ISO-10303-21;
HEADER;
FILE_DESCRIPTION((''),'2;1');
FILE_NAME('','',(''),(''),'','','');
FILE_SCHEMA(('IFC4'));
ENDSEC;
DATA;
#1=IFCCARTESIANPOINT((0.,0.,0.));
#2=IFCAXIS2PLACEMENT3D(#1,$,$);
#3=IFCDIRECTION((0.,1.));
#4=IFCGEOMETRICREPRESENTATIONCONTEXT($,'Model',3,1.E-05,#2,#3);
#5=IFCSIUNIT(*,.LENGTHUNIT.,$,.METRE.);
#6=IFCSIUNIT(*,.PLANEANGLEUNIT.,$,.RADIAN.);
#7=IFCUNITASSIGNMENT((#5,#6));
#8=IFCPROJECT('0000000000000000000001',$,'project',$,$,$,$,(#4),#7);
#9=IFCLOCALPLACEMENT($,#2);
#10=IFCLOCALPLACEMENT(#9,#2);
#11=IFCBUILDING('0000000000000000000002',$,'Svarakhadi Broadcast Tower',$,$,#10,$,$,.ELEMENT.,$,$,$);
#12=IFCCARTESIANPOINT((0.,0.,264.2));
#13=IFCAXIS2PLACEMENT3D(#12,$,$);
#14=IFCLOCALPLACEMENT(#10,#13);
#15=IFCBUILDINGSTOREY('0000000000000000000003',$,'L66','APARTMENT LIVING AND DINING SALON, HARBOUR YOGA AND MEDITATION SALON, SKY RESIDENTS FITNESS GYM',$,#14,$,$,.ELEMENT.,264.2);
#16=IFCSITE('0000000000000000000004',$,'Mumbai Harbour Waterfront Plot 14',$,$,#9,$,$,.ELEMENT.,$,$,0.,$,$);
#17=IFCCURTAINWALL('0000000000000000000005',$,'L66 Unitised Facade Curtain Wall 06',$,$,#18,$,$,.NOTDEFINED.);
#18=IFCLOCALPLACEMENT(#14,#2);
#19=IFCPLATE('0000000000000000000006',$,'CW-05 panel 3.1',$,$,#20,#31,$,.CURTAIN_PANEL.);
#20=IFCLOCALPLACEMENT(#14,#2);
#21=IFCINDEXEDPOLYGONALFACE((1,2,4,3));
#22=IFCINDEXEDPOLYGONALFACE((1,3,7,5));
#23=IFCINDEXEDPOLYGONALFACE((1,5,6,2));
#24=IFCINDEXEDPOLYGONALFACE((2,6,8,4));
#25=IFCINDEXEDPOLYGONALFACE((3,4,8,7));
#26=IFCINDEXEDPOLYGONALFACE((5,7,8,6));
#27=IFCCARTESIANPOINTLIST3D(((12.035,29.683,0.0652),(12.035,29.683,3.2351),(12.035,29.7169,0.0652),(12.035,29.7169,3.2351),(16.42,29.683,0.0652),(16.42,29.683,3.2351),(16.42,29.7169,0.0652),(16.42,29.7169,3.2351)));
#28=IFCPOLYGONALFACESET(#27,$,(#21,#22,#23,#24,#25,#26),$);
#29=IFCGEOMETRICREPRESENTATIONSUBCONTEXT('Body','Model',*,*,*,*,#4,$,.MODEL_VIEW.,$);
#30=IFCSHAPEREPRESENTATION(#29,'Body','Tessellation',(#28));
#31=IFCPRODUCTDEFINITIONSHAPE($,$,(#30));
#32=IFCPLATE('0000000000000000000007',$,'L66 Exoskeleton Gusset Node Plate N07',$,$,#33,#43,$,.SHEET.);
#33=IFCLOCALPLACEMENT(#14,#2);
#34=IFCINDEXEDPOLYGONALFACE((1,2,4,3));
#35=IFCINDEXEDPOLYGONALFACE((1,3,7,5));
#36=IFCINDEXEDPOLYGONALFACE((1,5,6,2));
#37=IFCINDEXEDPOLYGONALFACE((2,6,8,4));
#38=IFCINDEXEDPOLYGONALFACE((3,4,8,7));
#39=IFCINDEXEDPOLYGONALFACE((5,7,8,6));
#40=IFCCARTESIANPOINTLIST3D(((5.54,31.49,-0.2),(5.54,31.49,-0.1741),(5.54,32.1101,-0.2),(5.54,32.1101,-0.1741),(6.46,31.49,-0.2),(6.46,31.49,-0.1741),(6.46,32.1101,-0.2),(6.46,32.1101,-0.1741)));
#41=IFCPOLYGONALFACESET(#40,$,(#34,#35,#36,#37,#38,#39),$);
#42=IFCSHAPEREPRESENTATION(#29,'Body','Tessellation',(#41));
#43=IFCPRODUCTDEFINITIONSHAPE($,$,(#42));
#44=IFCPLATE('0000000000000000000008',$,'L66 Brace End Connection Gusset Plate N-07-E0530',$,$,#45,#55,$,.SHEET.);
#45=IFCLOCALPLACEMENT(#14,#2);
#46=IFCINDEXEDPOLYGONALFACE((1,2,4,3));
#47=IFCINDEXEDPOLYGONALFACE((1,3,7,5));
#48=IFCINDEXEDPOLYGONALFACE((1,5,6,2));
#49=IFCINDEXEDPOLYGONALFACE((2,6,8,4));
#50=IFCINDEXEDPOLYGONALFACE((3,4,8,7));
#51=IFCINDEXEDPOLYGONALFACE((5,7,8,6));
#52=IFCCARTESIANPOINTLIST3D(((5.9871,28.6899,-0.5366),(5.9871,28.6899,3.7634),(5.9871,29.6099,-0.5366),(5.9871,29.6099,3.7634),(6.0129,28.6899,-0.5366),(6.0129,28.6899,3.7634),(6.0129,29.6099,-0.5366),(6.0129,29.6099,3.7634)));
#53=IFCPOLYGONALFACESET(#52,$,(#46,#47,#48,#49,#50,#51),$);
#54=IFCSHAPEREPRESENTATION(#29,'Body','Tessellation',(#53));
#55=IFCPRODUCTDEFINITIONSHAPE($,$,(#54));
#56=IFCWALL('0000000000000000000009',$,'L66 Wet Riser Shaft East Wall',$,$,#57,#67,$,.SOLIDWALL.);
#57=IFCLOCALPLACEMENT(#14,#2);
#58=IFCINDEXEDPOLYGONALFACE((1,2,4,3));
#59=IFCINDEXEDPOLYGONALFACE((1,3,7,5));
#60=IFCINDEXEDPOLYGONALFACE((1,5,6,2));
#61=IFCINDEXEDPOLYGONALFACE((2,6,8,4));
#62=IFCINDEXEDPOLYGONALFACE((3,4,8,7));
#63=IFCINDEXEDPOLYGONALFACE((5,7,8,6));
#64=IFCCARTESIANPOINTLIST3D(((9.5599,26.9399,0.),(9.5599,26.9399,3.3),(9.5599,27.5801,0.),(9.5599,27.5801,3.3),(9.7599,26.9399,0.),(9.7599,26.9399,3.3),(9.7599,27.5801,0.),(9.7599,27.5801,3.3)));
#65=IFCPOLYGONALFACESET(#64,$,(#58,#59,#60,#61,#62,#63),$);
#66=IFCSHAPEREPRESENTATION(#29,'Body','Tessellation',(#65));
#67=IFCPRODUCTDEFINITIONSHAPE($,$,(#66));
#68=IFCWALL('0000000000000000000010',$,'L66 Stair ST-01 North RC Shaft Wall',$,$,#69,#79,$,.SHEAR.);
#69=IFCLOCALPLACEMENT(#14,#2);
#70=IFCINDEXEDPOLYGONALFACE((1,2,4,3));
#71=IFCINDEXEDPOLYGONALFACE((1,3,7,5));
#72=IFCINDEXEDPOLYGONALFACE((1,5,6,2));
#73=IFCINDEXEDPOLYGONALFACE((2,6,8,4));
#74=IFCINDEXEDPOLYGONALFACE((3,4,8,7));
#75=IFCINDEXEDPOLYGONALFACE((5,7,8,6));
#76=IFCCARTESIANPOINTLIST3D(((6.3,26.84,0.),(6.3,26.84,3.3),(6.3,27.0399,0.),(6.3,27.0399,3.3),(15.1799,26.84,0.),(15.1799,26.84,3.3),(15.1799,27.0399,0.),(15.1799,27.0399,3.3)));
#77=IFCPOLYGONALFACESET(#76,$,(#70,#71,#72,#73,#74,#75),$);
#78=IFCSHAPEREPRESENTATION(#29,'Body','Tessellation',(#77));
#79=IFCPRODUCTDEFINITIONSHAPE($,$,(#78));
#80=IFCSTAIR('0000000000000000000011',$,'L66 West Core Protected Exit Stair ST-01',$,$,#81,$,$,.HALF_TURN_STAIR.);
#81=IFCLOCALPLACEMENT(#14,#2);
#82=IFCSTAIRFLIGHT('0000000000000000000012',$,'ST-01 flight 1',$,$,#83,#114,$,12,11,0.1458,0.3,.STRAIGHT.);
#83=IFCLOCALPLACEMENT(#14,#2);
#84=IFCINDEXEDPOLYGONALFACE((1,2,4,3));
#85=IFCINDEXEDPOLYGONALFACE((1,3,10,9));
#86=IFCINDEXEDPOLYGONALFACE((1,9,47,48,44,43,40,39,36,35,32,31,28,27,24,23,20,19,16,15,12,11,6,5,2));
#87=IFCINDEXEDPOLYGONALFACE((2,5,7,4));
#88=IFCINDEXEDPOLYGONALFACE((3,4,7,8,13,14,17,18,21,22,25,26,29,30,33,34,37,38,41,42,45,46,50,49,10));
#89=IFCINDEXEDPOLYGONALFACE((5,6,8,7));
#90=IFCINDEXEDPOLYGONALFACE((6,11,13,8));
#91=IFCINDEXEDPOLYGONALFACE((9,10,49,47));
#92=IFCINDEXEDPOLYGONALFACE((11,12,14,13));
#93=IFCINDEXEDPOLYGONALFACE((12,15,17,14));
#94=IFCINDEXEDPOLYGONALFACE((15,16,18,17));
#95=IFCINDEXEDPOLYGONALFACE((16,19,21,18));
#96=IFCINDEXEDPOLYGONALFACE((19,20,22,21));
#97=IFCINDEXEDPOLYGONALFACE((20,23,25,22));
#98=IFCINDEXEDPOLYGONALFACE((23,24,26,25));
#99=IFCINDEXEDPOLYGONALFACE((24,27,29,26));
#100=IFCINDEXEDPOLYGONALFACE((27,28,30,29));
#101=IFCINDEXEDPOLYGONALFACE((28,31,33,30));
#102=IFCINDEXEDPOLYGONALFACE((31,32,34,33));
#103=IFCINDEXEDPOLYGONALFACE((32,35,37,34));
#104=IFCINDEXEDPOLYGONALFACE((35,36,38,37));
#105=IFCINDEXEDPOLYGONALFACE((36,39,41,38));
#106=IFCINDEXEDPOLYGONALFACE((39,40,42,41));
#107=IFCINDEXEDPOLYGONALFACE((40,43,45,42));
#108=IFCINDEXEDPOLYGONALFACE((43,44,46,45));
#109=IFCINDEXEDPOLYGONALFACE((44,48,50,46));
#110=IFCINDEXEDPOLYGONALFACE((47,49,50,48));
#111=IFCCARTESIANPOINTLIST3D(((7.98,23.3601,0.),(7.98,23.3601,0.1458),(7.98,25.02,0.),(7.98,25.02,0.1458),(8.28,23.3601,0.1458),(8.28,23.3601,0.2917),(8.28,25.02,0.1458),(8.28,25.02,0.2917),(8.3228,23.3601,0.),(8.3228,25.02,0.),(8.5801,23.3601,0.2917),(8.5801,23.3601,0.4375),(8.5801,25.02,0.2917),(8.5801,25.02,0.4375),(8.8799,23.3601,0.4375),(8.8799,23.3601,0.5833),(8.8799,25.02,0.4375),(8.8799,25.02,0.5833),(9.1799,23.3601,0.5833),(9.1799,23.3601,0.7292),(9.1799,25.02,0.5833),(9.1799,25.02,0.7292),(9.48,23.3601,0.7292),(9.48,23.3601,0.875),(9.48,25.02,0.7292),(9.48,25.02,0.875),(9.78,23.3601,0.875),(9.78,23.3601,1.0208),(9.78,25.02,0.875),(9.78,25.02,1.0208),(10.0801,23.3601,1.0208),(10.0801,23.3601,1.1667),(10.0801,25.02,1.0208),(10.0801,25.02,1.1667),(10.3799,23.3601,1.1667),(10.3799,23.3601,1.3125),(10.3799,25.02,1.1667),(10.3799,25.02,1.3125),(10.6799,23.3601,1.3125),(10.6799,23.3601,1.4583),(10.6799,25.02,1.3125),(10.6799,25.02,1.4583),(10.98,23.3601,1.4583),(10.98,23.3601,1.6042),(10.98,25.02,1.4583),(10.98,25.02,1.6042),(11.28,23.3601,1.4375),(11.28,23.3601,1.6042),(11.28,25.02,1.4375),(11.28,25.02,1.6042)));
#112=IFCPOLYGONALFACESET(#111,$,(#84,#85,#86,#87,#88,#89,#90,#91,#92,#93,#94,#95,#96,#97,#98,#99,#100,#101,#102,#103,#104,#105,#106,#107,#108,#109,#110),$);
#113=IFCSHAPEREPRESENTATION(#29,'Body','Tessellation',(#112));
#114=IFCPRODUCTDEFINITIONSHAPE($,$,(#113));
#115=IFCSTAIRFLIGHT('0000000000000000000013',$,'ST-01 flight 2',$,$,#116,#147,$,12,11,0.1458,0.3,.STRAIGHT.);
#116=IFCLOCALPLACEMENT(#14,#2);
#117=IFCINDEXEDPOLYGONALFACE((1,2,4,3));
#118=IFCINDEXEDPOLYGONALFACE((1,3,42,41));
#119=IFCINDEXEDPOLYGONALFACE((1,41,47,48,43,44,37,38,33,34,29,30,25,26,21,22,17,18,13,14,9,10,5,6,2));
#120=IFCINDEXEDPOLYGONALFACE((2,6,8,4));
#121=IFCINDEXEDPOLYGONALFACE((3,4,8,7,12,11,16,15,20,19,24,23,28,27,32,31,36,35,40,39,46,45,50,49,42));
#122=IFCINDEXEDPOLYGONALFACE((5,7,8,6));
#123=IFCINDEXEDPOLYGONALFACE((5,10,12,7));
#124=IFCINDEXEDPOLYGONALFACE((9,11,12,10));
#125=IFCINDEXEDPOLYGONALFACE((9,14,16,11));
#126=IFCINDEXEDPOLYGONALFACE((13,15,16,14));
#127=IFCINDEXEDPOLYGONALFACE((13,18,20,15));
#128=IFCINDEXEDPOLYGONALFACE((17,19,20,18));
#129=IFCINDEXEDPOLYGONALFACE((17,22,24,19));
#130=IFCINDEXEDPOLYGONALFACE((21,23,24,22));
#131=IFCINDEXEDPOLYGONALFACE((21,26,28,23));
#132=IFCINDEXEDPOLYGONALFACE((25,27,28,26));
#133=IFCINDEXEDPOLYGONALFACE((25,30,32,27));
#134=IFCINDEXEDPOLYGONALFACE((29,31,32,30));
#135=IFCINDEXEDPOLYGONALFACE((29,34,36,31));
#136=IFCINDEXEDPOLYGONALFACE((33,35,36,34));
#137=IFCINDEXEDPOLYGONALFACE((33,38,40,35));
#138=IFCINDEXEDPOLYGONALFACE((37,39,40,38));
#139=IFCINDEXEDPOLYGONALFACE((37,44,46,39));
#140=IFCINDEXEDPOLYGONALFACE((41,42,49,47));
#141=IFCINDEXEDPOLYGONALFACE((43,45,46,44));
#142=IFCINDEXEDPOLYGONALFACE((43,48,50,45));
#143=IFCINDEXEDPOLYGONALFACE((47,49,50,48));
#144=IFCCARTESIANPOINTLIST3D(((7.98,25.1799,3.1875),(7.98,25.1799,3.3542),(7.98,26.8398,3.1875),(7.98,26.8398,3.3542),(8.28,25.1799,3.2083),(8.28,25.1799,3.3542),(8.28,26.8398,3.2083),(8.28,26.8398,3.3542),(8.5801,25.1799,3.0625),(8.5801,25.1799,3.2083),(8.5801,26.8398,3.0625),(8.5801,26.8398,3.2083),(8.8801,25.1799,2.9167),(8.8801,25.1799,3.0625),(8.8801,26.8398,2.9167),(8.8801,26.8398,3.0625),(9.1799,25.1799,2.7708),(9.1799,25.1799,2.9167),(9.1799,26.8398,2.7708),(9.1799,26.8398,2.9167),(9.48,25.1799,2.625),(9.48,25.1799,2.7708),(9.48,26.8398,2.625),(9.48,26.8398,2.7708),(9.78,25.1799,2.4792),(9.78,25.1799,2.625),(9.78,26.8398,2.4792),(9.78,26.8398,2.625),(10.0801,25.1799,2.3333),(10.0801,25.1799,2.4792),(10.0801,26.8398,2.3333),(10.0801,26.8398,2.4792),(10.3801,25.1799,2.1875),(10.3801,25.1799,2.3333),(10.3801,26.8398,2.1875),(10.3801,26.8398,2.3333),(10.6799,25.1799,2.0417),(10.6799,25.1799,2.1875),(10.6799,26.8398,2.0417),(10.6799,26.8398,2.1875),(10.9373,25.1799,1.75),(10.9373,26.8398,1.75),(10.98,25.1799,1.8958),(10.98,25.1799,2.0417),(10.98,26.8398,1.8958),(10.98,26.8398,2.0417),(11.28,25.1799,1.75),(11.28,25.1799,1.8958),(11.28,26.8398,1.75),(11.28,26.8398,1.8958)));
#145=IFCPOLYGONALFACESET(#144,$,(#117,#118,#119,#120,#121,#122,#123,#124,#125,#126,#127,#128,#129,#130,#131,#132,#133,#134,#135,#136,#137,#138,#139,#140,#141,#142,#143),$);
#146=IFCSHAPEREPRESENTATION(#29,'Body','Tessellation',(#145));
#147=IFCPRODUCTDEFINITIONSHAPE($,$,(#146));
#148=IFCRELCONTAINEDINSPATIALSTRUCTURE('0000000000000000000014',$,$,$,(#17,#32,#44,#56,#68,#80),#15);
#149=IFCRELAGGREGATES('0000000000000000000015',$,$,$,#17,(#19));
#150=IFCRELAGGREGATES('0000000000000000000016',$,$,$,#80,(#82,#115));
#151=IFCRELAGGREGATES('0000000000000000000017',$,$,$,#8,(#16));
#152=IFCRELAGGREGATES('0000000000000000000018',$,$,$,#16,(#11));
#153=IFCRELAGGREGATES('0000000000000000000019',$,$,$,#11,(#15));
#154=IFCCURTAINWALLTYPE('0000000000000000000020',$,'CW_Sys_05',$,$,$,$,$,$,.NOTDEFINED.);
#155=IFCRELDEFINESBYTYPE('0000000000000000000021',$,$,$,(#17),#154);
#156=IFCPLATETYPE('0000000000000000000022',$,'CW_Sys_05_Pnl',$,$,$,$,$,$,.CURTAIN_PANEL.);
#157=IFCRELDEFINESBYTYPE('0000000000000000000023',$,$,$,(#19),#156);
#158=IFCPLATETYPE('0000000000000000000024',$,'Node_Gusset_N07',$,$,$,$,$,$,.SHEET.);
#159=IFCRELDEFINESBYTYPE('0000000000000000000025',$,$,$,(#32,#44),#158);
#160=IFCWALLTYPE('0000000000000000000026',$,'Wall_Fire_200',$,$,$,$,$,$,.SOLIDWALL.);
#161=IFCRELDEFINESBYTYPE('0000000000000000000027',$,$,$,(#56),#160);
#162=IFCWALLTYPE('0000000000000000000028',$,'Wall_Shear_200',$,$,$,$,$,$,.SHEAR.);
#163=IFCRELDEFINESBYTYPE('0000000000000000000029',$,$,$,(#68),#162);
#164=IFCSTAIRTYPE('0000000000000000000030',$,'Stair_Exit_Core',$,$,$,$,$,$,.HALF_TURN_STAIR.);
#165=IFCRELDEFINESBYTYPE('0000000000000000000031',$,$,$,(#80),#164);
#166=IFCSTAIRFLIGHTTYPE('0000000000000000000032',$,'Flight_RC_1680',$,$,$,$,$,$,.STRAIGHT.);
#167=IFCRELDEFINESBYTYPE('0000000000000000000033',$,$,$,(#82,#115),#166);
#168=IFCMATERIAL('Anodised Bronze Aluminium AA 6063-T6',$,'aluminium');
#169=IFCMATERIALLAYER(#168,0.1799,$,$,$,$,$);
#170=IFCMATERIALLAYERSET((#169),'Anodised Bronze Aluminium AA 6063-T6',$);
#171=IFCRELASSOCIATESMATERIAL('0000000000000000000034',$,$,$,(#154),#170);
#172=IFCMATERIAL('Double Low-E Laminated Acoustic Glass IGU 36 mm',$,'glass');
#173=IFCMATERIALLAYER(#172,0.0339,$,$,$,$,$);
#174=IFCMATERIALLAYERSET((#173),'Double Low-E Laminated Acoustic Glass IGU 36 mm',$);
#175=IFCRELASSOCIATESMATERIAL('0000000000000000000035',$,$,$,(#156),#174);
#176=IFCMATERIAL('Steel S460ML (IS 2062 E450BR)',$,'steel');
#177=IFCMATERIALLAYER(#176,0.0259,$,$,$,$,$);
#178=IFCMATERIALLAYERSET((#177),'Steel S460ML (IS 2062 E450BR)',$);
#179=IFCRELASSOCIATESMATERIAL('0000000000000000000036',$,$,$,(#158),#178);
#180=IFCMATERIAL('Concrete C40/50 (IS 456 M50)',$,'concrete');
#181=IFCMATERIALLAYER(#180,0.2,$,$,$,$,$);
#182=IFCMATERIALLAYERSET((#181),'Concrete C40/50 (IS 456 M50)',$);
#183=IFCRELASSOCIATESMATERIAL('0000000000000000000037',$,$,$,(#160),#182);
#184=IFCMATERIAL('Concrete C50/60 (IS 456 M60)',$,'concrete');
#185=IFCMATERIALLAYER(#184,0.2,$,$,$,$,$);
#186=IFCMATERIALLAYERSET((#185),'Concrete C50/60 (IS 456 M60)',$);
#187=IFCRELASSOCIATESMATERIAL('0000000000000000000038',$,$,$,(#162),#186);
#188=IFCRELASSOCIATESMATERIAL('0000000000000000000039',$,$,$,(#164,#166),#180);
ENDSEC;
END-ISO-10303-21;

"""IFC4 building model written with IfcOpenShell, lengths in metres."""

from ifc_helpers import new_model, si_unit, direction, frame, frame_2d, origin, origin_2d, place, context, subcontext, project, spatial, polyline, rectangle, outline, extrude, material, layer, layer_set, type_object, element, aggregate, save


model = new_model("IFC4")

# Units and contexts
model_context = context("Model", 3, precision=1e-05, world=origin(), true_north=direction((0.0, 1.0)))
body_context = subcontext(model_context, "Body", "Model", "MODEL_VIEW")
ifc_project = project(units=[si_unit("LENGTHUNIT", "METRE"), si_unit("PLANEANGLEUNIT", "RADIAN")], contexts=[model_context])

# Site, building, storey
site_placement = place(None, origin())
site = spatial("IfcSite", under=ifc_project, at=site_placement, Name="Mumbai Harbour Waterfront Plot 14", CompositionType="ELEMENT", RefElevation=0.0)
building_placement = place(site_placement, origin())
building = spatial("IfcBuilding", under=site, at=building_placement, Name="Svarakhadi Broadcast Tower", CompositionType="ELEMENT")
storey_placement = place(building_placement, frame((0.0, 0.0, 264.2)))
storey = spatial("IfcBuildingStorey", under=building, at=storey_placement, Name="L66", Description="APARTMENT LIVING AND DINING SALON, HARBOUR YOGA AND MEDITATION SALON, SKY RESIDENTS FITNESS GYM", CompositionType="ELEMENT", Elevation=264.2)

# Shared definitions
ifc_material_1 = material(Name="Steel S460ML (IS 2062 E450BR)", Category="steel")

# Curtain wall
ifc_material_2 = material(Name="Anodised Bronze Aluminium AA 6063-T6", Category="aluminium")
ifc_layer_1 = layer(ifc_material_2, 0.1799)
ifc_layer_set_1 = layer_set([ifc_layer_1], Name="Anodised Bronze Aluminium AA 6063-T6")
curtain_wall_type = type_object("IfcCurtainWallType", Name="CW_Sys_05", PredefinedType="NOTDEFINED", material=ifc_layer_set_1)
curtain_wall_placement = place(storey_placement, origin())
curtain_wall = element("IfcCurtainWall", 1, at=curtain_wall_placement, inside=storey, type_object=curtain_wall_type, Name="L66 Unitised Facade Curtain Wall 06", PredefinedType="NOTDEFINED")

# Plate
ifc_material_3 = material(Name="Double Low-E Laminated Acoustic Glass IGU 36 mm", Category="glass")
ifc_layer_2 = layer(ifc_material_3, 0.0339)
ifc_layer_set_2 = layer_set([ifc_layer_2], Name="Double Low-E Laminated Acoustic Glass IGU 36 mm")
plate_type_1 = type_object("IfcPlateType", Name="CW_Sys_05_Pnl", PredefinedType="CURTAIN_PANEL", material=ifc_layer_set_2)
plate_1_placement = place(storey_placement, frame((14.2275, 29.7, 0.0652), z_axis=(0.0, 0.0, 1.0), x_axis=(1.0, 0.0, 0.0)))
plate_1 = element("IfcPlate", 2, at=plate_1_placement, type_object=plate_type_1, Name="CW-05 panel 3.1", PredefinedType="CURTAIN_PANEL", context=body_context, shape_type="SweptSolid", body=[
    extrude(rectangle(XDim=4.385, YDim=0.0339, at=origin_2d()), origin(), (0.0, 0.0, 1.0), 3.1699),
])
aggregate(curtain_wall, [plate_1])

# Plates
ifc_layer_3 = layer(ifc_material_1, 0.0259)
ifc_layer_set_3 = layer_set([ifc_layer_3], Name="Steel S460ML (IS 2062 E450BR)")
plate_type_2 = type_object("IfcPlateType", Name="Node_Gusset_N07", PredefinedType="SHEET", material=ifc_layer_set_3)
plate_2_placement = place(storey_placement, frame((6.0, 31.8, -0.2), z_axis=(0.0, 0.0, 1.0), x_axis=(1.0, 0.0, 0.0)))
element("IfcPlate", 3, at=plate_2_placement, inside=storey, type_object=plate_type_2, Name="L66 Exoskeleton Gusset Node Plate N07", PredefinedType="SHEET", context=body_context, shape_type="SweptSolid", body=[
    extrude(rectangle(XDim=0.9199, YDim=0.6201, at=origin_2d()), origin(), (0.0, 0.0, 1.0), 0.0259),
])
plate_3_placement = place(storey_placement, frame((6.0, 29.1499, -0.5366), z_axis=(0.0, 0.0, 1.0), x_axis=(0.0, 1.0, 0.0)))
element("IfcPlate", 4, at=plate_3_placement, inside=storey, type_object=plate_type_2, Name="L66 Brace End Connection Gusset Plate N-07-E0530", PredefinedType="SHEET", context=body_context, shape_type="SweptSolid", body=[
    extrude(rectangle(XDim=0.9199, YDim=0.0259, at=origin_2d()), origin(), (0.0, 0.0, 1.0), 4.3),
])

# Walls
ifc_material_4 = material(Name="Concrete C40/50 (IS 456 M50)", Category="concrete")
ifc_layer_4 = layer(ifc_material_4, 0.2)
ifc_layer_set_4 = layer_set([ifc_layer_4], Name="Concrete C40/50 (IS 456 M50)")
wall_type_1 = type_object("IfcWallType", Name="Wall_Fire_200", PredefinedType="SOLIDWALL", material=ifc_layer_set_4)
wall_1_placement = place(storey_placement, frame((9.6599, 26.9399, 0.0), z_axis=(0.0, 0.0, 1.0), x_axis=(0.0, 1.0, 0.0)))
element("IfcWall", 5, at=wall_1_placement, inside=storey, type_object=wall_type_1, Name="L66 Wet Riser Shaft East Wall", PredefinedType="SOLIDWALL", context=body_context, shape_type="SweptSolid", body=[
    extrude(rectangle(XDim=0.6401, YDim=0.2, at=frame_2d((0.3201, 0.0))), origin(), (0.0, 0.0, 1.0), 3.3),
])
ifc_material_5 = material(Name="Concrete C50/60 (IS 456 M60)", Category="concrete")
ifc_layer_5 = layer(ifc_material_5, 0.2)
ifc_layer_set_5 = layer_set([ifc_layer_5], Name="Concrete C50/60 (IS 456 M60)")
wall_type_2 = type_object("IfcWallType", Name="Wall_Shear_200", PredefinedType="SHEAR", material=ifc_layer_set_5)
wall_2_placement = place(storey_placement, frame((6.3, 26.9399, 0.0), z_axis=(0.0, 0.0, 1.0), x_axis=(1.0, 0.0, 0.0)))
element("IfcWall", 6, at=wall_2_placement, inside=storey, type_object=wall_type_2, Name="L66 Stair ST-01 North RC Shaft Wall", PredefinedType="SHEAR", context=body_context, shape_type="SweptSolid", body=[
    extrude(rectangle(XDim=8.8799, YDim=0.2, at=frame_2d((4.4399, 0.0))), origin(), (0.0, 0.0, 1.0), 3.3),
])

# Stair, stair flights
stair_type = type_object("IfcStairType", Name="Stair_Exit_Core", PredefinedType="HALF_TURN_STAIR", material=ifc_material_4)
stair_placement = place(storey_placement, origin())
stair = element("IfcStair", 7, at=stair_placement, inside=storey, type_object=stair_type, Name="L66 West Core Protected Exit Stair ST-01", PredefinedType="HALF_TURN_STAIR")
stair_flight_type = type_object("IfcStairFlightType", Name="Flight_RC_1680", PredefinedType="STRAIGHT", material=ifc_material_4)
stair_flight_1_placement = place(storey_placement, frame((7.98, 24.1899, 0.0), z_axis=(0.0, 0.0, 1.0), x_axis=(1.0, 0.0, 0.0)))
stair_flight_1 = element("IfcStairFlight", 8, at=stair_flight_1_placement, type_object=stair_flight_type, Name="ST-01 flight 1", NumberOfRisers=12, NumberOfTreads=11, PredefinedType="STRAIGHT", RiserHeight=0.1458, TreadLength=0.3, context=body_context, shape_type="SweptSolid", body=[
    extrude(outline(polyline([(0.0, 0.0), (0.0, 0.1458), (0.3, 0.1458), (0.3, 0.2917), (0.6001, 0.2917), (0.6001, 0.4375), (0.8999, 0.4375), (0.8999, 0.5833), (1.2, 0.5833), (1.2, 0.7292), (1.5, 0.7292), (1.5, 0.875), (1.8, 0.875), (1.8, 1.0208), (2.1001, 1.0208), (2.1001, 1.1667), (2.3999, 1.1667), (2.3999, 1.3125), (2.7, 1.3125), (2.7, 1.4583), (3.0, 1.4583), (3.0, 1.6042), (3.3, 1.6042), (3.3, 1.75), (3.3, 1.4375), (0.3428, 0.0), (0.0, 0.0)])), frame((0.0, 0.8301, 0.0), z_axis=(0.0, -1.0, 0.0), x_axis=(1.0, 0.0, 0.0)), (0.0, 0.0, 1.0), 1.6599),
])
stair_flight_2_placement = place(storey_placement, frame((11.28, 26.01, 1.75), z_axis=(0.0, 0.0, 1.0), x_axis=(-1.0, 0.0, 0.0)))
stair_flight_2 = element("IfcStairFlight", 9, at=stair_flight_2_placement, type_object=stair_flight_type, Name="ST-01 flight 2", NumberOfRisers=12, NumberOfTreads=11, PredefinedType="STRAIGHT", RiserHeight=0.1458, TreadLength=0.3, context=body_context, shape_type="SweptSolid", body=[
    extrude(outline(polyline([(0.0, 0.0), (0.0, 0.1458), (0.3, 0.1458), (0.3, 0.2917), (0.6001, 0.2917), (0.6001, 0.4375), (0.8999, 0.4375), (0.8999, 0.5833), (1.2, 0.5833), (1.2, 0.7292), (1.5, 0.7292), (1.5, 0.875), (1.8, 0.875), (1.8, 1.0208), (2.1001, 1.0208), (2.1001, 1.1667), (2.3999, 1.1667), (2.3999, 1.3125), (2.7, 1.3125), (2.7, 1.4583), (3.0, 1.4583), (3.0, 1.6042), (3.3, 1.6042), (3.3, 1.75), (3.3, 1.4375), (0.3428, 0.0), (0.0, 0.0)])), frame((0.0, 0.8301, 0.0), z_axis=(0.0, -1.0, 0.0), x_axis=(1.0, 0.0, 0.0)), (0.0, 0.0, 1.0), 1.6599),
])
aggregate(stair, [stair_flight_1, stair_flight_2])

save(model, "model.ifc")
